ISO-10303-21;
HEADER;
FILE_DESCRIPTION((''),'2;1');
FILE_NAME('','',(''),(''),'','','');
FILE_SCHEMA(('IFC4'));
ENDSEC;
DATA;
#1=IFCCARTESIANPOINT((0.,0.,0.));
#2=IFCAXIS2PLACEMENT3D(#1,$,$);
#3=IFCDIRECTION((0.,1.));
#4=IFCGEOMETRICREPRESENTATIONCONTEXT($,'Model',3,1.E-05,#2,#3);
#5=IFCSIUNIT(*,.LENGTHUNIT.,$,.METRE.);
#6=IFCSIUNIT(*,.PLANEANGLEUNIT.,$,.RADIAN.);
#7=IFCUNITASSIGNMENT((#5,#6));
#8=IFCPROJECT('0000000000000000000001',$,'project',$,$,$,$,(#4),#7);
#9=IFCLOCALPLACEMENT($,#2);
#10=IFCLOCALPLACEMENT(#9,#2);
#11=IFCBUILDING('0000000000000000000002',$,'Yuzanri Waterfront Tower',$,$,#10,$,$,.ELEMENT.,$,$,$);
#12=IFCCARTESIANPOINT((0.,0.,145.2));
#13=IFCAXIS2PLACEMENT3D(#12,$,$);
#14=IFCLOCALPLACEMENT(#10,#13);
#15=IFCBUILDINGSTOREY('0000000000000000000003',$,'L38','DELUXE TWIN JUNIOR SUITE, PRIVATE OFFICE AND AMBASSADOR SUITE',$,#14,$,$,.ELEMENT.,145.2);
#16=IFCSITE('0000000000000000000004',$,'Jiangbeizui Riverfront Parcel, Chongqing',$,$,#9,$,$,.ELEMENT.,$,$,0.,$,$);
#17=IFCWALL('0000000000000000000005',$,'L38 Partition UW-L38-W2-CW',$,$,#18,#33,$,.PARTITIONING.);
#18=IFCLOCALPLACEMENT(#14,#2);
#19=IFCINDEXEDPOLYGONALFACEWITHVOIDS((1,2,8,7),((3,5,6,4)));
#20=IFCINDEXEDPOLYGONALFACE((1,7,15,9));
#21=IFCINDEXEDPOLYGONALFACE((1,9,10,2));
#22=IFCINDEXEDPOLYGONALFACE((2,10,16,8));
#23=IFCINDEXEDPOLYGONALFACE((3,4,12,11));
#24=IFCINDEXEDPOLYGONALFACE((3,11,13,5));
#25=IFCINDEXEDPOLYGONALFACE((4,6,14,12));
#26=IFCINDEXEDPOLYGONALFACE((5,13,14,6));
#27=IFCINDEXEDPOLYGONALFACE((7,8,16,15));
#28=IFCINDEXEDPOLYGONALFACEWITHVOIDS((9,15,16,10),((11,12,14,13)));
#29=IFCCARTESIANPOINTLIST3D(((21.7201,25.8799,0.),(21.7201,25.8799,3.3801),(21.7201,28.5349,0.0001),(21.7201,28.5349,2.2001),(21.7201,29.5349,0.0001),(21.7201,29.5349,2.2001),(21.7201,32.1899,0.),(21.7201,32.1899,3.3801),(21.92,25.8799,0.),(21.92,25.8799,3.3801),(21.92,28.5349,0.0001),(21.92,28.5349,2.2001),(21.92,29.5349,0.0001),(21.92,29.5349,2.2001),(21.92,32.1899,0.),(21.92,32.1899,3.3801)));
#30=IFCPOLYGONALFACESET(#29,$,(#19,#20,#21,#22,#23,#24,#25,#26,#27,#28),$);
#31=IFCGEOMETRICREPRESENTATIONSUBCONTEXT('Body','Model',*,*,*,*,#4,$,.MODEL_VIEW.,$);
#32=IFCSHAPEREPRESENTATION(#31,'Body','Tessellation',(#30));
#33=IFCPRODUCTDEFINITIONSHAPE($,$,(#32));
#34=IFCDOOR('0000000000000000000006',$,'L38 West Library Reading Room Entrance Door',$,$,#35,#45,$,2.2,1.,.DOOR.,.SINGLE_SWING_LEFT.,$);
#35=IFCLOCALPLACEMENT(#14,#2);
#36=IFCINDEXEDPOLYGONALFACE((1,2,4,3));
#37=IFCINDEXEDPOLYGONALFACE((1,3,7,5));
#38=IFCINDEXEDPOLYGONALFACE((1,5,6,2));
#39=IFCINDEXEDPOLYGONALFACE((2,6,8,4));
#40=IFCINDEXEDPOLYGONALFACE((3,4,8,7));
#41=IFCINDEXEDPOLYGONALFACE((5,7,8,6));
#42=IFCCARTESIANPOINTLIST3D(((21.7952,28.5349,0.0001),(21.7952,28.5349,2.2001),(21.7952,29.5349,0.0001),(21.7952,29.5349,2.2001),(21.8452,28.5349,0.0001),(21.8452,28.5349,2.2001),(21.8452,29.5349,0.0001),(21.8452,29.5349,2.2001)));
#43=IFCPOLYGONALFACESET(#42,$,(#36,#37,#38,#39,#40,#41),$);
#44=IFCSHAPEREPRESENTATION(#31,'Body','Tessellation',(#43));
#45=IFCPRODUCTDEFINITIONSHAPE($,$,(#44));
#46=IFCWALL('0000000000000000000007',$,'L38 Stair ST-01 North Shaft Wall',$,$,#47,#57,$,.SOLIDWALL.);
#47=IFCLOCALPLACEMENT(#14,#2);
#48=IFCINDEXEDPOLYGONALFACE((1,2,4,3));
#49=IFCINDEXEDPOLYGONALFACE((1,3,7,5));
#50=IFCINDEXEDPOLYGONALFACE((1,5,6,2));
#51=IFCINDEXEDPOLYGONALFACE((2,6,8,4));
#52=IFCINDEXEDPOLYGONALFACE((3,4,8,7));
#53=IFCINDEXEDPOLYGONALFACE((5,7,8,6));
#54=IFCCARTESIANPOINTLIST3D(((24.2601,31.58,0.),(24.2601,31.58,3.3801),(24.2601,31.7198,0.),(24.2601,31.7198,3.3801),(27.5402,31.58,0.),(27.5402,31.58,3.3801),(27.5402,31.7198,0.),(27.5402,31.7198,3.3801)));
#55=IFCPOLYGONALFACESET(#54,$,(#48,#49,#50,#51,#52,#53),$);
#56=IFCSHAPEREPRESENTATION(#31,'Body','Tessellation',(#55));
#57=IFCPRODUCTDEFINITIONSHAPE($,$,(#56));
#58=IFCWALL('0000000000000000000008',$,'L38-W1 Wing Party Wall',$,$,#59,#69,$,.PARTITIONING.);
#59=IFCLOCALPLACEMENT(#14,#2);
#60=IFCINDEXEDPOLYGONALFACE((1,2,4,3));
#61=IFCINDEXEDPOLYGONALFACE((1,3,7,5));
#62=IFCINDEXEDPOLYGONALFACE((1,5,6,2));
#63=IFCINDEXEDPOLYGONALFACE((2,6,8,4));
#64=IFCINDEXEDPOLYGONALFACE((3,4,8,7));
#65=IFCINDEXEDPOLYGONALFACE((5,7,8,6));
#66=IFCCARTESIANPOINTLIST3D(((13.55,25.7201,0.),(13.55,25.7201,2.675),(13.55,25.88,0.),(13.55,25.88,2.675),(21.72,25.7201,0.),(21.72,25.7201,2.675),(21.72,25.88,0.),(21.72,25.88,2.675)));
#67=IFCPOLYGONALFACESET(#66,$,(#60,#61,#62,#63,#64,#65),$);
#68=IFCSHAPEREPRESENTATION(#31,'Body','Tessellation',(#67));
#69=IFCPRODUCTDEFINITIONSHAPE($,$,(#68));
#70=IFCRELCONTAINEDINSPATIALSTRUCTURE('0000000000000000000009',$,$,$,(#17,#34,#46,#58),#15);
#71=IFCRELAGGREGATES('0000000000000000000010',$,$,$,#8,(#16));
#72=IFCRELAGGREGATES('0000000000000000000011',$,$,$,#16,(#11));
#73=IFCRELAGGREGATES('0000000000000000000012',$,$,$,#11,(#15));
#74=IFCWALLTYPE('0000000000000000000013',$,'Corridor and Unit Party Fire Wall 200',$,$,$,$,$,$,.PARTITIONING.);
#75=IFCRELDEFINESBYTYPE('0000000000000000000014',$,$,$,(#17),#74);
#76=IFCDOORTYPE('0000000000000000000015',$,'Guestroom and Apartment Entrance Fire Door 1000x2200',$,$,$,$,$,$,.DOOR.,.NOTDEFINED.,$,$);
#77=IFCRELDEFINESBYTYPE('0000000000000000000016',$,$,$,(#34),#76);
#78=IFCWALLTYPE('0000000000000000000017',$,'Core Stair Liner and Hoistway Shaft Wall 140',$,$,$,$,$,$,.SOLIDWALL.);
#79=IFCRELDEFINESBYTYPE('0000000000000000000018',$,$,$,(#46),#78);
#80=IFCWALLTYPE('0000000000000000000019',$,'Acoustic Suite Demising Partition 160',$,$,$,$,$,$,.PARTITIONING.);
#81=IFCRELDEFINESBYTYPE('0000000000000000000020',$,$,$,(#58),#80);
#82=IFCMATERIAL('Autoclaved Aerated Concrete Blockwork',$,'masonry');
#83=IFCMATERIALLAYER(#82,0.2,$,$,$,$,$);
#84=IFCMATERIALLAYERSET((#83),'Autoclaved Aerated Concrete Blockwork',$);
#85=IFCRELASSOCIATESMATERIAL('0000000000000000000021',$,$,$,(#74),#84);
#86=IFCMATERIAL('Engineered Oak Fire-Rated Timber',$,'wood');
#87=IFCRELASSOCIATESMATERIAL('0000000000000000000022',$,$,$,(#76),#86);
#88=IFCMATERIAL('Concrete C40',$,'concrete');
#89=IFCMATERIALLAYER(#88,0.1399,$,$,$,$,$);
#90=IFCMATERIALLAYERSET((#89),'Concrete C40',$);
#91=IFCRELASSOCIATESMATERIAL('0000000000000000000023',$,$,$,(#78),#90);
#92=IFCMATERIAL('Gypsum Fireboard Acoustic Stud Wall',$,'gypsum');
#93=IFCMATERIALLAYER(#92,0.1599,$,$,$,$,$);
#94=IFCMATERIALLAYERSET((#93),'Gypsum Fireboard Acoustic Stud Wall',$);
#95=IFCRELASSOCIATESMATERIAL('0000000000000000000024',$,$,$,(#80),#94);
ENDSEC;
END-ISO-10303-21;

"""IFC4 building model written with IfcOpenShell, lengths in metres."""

from ifc_helpers import new_model, si_unit, direction, frame, frame_2d, origin, place, context, subcontext, project, spatial, rectangle, extrude, source, transform, mapped, material, layer, layer_set, type_object, element, fill, save


model = new_model("IFC4")

# Units and contexts
model_context = context("Model", 3, precision=1e-05, world=origin(), true_north=direction((0.0, 1.0)))
body_context = subcontext(model_context, "Body", "Model", "MODEL_VIEW")
ifc_project = project(units=[si_unit("LENGTHUNIT", "METRE"), si_unit("PLANEANGLEUNIT", "RADIAN")], contexts=[model_context])

# Site, building, storey
site_placement = place(None, origin())
site = spatial("IfcSite", under=ifc_project, at=site_placement, Name="Jiangbeizui Riverfront Parcel, Chongqing", CompositionType="ELEMENT", RefElevation=0.0)
building_placement = place(site_placement, origin())
building = spatial("IfcBuilding", under=site, at=building_placement, Name="Yuzanri Waterfront Tower", CompositionType="ELEMENT")
storey_placement = place(building_placement, frame((0.0, 0.0, 145.2)))
storey = spatial("IfcBuildingStorey", under=building, at=storey_placement, Name="L38", Description="DELUXE TWIN JUNIOR SUITE, PRIVATE OFFICE AND AMBASSADOR SUITE", CompositionType="ELEMENT", Elevation=145.2)

# Wall, opening, door
ifc_material_1 = material(Name="Autoclaved Aerated Concrete Blockwork", Category="masonry")
ifc_layer_1 = layer(ifc_material_1, 0.2)
ifc_layer_set_1 = layer_set([ifc_layer_1], Name="Autoclaved Aerated Concrete Blockwork")
wall_type_1 = type_object("IfcWallType", Name="Corridor and Unit Party Fire Wall 200", PredefinedType="PARTITIONING", material=ifc_layer_set_1)
wall_1_placement = place(storey_placement, frame((21.8201, 25.8799, 0.0), z_axis=(0.0, 0.0, 1.0), x_axis=(0.0, 1.0, 0.0)))
wall_1 = element("IfcWall", 1, at=wall_1_placement, inside=storey, type_object=wall_type_1, Name="L38 Partition UW-L38-W2-CW", PredefinedType="PARTITIONING", context=body_context, shape_type="SweptSolid", body=[
    extrude(rectangle(XDim=6.3101, YDim=0.2, at=frame_2d((3.155, 0.0))), origin(), (0.0, 0.0, 1.0), 3.3801),
])
opening_1_placement = place(wall_1_placement, frame((2.655, 0.0, 0.0)))
opening_1 = element("IfcOpeningElement", 2, at=opening_1_placement, cuts=wall_1, PredefinedType="OPENING", context=body_context, shape_type="SweptSolid", body=[
    extrude(rectangle(XDim=1.0, YDim=2.2, at=frame_2d((0.5, 1.1001))), frame((0.0, 0.1147, 0.0), z_axis=(0.0, -1.0, 0.0), x_axis=(1.0, 0.0, 0.0)), (0.0, 0.0, 1.0), 0.2297),
])
ifc_material_2 = material(Name="Engineered Oak Fire-Rated Timber", Category="wood")
door_type_1 = type_object("IfcDoorType", Name="Guestroom and Apartment Entrance Fire Door 1000x2200", OperationType="NOTDEFINED", PredefinedType="DOOR", material=ifc_material_2)
shared_shape_1 = source(origin(), body_context, "Body", "SweptSolid", [
    extrude(rectangle(XDim=1.0, YDim=2.2, at=frame_2d((0.5, 1.1001))), frame((0.0, 0.0249, 0.0), z_axis=(0.0, -1.0, 0.0), x_axis=(1.0, 0.0, 0.0)), (0.0, 0.0, 1.0), 0.05),
])
door_1_placement = place(opening_1_placement, origin())
door_1 = element("IfcDoor", 3, at=door_1_placement, inside=storey, type_object=door_type_1, Name="L38 West Library Reading Room Entrance Door", OperationType="SINGLE_SWING_LEFT", OverallHeight=2.2, OverallWidth=1.0, PredefinedType="DOOR", context=body_context, shape_type="MappedRepresentation", body=[
    mapped(shared_shape_1, transform((0.0, 0.0, 0.0), scale=1.0)),
])
fill(opening_1, door_1)

# Walls
ifc_material_3 = material(Name="Concrete C40", Category="concrete")
ifc_layer_2 = layer(ifc_material_3, 0.1399)
ifc_layer_set_2 = layer_set([ifc_layer_2], Name="Concrete C40")
wall_type_2 = type_object("IfcWallType", Name="Core Stair Liner and Hoistway Shaft Wall 140", PredefinedType="SOLIDWALL", material=ifc_layer_set_2)
shared_shape_2 = source(origin(), body_context, "Body", "SweptSolid", [
    extrude(rectangle(XDim=3.28, YDim=0.1399, at=frame_2d((1.6401, 0.0))), origin(), (0.0, 0.0, 1.0), 3.3801),
])
wall_2_placement = place(storey_placement, frame((24.26, 31.6499, 0.0), z_axis=(0.0, 0.0, 1.0), x_axis=(1.0, 0.0, 0.0)))
element("IfcWall", 4, at=wall_2_placement, inside=storey, type_object=wall_type_2, Name="L38 Stair ST-01 North Shaft Wall", PredefinedType="SOLIDWALL", context=body_context, shape_type="MappedRepresentation", body=[
    mapped(shared_shape_2, transform((0.0, 0.0, 0.0), scale=1.0)),
])
ifc_material_4 = material(Name="Gypsum Fireboard Acoustic Stud Wall", Category="gypsum")
ifc_layer_3 = layer(ifc_material_4, 0.1599)
ifc_layer_set_3 = layer_set([ifc_layer_3], Name="Gypsum Fireboard Acoustic Stud Wall")
wall_type_3 = type_object("IfcWallType", Name="Acoustic Suite Demising Partition 160", PredefinedType="PARTITIONING", material=ifc_layer_set_3)
shared_shape_3 = source(origin(), body_context, "Body", "SweptSolid", [
    extrude(rectangle(XDim=8.1699, YDim=0.1599, at=frame_2d((4.085, 0.0))), origin(), (0.0, 0.0, 1.0), 2.675),
])
wall_3_placement = place(storey_placement, frame((13.55, 25.8, 0.0), z_axis=(0.0, 0.0, 1.0), x_axis=(1.0, 0.0, 0.0)))
element("IfcWall", 5, at=wall_3_placement, inside=storey, type_object=wall_type_3, Name="L38-W1 Wing Party Wall", PredefinedType="PARTITIONING", context=body_context, shape_type="MappedRepresentation", body=[
    mapped(shared_shape_3, transform((0.0, 0.0, 0.0), scale=1.0)),
])

save(model, "model.ifc")
